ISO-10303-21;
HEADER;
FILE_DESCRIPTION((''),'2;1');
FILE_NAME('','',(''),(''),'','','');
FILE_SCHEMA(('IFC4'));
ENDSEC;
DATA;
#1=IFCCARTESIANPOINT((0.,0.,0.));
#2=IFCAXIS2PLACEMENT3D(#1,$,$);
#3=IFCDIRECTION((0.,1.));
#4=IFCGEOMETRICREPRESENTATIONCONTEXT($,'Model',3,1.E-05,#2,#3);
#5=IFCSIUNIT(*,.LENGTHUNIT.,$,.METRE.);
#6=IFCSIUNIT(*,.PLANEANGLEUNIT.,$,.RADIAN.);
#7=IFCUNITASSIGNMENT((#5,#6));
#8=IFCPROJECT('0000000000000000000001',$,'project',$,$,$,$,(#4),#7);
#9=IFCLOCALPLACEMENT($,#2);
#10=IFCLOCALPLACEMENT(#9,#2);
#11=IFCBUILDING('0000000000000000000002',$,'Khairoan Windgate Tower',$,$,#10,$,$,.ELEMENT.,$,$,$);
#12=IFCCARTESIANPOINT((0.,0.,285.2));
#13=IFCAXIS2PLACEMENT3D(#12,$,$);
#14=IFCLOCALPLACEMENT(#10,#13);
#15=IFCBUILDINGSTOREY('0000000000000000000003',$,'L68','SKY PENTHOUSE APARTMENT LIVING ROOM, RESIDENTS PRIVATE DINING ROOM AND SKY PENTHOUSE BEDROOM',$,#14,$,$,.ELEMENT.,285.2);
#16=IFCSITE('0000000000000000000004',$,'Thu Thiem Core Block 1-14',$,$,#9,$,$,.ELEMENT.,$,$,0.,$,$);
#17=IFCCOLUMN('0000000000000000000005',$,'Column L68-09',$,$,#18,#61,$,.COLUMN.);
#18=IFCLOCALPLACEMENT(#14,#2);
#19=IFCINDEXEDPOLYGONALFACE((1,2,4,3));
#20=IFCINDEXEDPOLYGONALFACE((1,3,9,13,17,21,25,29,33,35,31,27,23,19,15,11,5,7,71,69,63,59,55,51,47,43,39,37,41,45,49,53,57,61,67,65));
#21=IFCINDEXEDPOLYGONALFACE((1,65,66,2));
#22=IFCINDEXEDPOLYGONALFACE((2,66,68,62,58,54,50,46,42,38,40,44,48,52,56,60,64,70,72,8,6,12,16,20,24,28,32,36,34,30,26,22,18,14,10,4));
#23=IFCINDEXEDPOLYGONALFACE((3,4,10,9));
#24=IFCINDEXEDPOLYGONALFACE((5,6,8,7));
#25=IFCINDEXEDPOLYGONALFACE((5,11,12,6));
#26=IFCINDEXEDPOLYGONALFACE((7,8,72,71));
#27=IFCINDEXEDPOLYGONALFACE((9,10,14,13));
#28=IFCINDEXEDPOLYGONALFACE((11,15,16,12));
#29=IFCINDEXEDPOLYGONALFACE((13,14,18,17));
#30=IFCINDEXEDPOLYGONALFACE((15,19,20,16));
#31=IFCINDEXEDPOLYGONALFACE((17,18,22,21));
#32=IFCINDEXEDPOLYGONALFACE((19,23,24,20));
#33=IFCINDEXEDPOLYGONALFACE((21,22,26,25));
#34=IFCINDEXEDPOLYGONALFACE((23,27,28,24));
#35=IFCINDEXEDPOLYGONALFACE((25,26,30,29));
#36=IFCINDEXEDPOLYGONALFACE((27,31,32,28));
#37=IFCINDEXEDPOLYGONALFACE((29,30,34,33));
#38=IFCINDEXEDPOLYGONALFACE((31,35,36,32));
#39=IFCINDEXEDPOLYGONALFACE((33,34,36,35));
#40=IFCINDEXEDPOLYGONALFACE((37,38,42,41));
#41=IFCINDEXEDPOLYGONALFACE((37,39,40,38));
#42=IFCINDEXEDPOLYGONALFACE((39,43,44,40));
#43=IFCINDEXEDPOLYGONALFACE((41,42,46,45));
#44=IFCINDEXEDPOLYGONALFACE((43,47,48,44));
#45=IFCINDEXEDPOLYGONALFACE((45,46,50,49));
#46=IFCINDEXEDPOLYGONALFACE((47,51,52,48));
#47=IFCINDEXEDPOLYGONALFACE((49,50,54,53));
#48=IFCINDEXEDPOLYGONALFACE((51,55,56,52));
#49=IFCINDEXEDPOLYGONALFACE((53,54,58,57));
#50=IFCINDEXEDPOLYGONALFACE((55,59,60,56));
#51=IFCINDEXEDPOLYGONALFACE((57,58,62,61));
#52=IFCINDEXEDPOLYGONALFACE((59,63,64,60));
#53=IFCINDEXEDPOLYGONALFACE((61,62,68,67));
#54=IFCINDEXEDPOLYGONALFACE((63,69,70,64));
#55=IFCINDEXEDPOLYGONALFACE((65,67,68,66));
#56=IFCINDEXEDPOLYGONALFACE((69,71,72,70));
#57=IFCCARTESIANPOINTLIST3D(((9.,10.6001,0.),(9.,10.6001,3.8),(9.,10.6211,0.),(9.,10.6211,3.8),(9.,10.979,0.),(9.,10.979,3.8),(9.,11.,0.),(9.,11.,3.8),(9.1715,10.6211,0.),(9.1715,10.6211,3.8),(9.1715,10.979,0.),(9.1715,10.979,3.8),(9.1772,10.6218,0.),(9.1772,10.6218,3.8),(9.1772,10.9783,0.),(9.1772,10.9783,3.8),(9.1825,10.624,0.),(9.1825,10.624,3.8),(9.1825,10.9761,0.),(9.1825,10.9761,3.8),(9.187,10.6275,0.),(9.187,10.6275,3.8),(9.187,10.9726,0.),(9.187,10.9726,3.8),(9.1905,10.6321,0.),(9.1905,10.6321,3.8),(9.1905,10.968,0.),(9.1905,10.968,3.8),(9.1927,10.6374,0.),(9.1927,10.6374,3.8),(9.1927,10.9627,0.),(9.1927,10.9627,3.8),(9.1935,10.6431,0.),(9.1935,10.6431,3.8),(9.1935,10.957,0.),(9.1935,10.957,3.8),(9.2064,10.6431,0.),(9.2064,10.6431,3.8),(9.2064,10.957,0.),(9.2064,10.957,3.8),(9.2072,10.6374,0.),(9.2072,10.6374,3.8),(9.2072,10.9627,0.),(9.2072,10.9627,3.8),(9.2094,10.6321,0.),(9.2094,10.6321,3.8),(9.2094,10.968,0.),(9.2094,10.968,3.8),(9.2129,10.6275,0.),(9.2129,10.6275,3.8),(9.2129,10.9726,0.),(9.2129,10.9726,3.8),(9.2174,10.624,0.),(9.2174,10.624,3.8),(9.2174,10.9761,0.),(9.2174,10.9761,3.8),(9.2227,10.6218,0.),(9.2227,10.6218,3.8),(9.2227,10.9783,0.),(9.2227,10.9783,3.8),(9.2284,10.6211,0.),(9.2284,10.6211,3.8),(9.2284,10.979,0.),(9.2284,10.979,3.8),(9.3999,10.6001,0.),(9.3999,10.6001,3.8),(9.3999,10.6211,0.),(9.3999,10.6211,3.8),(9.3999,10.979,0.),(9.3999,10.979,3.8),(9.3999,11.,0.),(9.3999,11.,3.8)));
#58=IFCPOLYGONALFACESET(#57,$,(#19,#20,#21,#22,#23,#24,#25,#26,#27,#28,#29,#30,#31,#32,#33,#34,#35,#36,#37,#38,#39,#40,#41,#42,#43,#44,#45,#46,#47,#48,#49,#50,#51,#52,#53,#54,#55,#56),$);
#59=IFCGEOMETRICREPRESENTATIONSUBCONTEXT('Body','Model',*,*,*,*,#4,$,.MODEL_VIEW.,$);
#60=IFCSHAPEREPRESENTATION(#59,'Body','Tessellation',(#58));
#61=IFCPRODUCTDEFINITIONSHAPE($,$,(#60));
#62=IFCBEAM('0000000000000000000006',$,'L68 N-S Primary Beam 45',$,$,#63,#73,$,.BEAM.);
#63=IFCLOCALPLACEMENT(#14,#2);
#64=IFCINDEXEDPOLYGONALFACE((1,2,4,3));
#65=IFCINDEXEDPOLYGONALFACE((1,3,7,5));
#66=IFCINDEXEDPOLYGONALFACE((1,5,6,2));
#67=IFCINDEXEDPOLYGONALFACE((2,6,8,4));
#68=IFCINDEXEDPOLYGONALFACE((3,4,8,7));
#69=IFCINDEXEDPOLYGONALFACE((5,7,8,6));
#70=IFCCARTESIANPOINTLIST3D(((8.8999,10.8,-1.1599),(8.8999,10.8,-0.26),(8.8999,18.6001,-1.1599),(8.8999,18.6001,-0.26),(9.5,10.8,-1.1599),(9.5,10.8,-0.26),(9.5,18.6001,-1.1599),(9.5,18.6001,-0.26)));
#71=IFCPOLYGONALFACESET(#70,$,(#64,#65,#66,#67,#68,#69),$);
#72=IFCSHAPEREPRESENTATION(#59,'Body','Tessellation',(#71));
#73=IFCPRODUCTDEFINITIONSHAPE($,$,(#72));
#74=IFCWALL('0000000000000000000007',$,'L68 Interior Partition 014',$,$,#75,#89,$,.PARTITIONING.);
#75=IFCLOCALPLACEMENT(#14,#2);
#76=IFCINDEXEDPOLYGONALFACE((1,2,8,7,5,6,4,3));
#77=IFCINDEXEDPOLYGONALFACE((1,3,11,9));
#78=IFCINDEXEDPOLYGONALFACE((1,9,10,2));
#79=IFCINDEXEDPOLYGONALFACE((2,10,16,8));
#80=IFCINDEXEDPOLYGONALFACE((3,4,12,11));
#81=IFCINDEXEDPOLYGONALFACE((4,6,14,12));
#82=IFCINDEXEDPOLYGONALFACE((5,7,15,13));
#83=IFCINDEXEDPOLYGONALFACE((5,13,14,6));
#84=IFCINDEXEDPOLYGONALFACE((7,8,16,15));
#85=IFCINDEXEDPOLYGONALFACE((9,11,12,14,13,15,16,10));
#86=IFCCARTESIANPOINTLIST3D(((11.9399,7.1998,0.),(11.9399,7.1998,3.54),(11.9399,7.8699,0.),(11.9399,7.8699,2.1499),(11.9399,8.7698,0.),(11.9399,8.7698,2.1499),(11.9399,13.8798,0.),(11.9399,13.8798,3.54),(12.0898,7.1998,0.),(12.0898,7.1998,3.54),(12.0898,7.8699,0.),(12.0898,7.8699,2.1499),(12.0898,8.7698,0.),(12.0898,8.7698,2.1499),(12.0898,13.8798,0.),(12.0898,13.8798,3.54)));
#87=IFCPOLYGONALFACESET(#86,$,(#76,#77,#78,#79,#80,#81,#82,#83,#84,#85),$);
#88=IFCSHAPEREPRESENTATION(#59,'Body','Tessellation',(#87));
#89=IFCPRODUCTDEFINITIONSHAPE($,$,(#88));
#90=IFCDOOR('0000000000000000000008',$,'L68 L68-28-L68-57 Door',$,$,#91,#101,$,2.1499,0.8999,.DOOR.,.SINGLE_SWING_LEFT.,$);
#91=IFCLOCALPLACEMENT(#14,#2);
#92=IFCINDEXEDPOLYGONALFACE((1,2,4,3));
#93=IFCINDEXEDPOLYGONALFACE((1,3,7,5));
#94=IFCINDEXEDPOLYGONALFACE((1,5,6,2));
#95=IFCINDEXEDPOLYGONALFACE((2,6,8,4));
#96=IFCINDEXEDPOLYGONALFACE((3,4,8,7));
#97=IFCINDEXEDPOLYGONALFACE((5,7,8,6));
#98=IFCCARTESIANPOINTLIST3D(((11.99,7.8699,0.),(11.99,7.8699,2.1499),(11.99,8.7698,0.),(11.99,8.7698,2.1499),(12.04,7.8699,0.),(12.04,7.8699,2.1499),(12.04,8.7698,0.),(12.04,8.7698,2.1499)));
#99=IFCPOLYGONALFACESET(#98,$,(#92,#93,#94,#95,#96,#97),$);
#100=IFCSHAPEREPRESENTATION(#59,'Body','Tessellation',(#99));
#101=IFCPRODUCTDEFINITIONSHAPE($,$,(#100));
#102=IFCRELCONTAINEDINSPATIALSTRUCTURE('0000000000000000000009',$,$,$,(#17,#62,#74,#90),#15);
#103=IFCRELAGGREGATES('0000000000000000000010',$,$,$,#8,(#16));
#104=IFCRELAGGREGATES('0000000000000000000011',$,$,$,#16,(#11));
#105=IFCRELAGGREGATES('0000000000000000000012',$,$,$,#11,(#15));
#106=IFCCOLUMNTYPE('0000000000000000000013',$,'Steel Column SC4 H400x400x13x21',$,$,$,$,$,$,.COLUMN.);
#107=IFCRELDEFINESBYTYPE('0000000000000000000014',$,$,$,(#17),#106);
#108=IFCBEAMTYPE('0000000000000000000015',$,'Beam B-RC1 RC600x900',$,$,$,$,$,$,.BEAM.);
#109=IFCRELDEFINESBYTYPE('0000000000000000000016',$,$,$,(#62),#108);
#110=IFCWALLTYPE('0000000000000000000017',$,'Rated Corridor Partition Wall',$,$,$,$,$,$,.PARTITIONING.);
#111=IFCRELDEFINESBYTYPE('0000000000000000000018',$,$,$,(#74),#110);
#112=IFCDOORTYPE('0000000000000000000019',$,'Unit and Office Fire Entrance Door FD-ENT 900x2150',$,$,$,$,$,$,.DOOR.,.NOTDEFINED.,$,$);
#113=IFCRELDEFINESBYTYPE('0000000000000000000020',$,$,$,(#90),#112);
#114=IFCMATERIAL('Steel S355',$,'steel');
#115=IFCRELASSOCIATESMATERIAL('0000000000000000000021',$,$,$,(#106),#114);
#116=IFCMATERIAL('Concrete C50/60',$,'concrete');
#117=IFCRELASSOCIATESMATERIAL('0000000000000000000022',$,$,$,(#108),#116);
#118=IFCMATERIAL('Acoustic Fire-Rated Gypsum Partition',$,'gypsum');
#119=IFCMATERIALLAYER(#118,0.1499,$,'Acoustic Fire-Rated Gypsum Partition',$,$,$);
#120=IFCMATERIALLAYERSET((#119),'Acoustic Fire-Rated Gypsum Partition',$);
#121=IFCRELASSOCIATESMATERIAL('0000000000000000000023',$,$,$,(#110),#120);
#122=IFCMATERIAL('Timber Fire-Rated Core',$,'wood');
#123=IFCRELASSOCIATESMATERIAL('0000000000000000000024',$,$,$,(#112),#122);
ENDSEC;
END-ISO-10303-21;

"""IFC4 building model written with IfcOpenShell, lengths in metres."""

from ifc_helpers import new_model, si_unit, direction, frame, frame_2d, origin, origin_2d, place, context, subcontext, project, spatial, rectangle, i_section, extrude, material, layer, layer_set, material_profile, profile_set, type_object, element, fill, save


model = new_model("IFC4")

# Units and contexts
model_context = context("Model", 3, precision=1e-05, world=origin(), true_north=direction((0.0, 1.0)))
body_context = subcontext(model_context, "Body", "Model", "MODEL_VIEW")
ifc_project = project(units=[si_unit("LENGTHUNIT", "METRE"), si_unit("PLANEANGLEUNIT", "RADIAN")], contexts=[model_context])

# Site, building, storey
site_placement = place(None, origin())
site = spatial("IfcSite", under=ifc_project, at=site_placement, Name="Thu Thiem Core Block 1-14", CompositionType="ELEMENT", RefElevation=0.0)
building_placement = place(site_placement, origin())
building = spatial("IfcBuilding", under=site, at=building_placement, Name="Khairoan Windgate Tower", CompositionType="ELEMENT")
storey_placement = place(building_placement, frame((0.0, 0.0, 285.2)))
storey = spatial("IfcBuildingStorey", under=building, at=storey_placement, Name="L68", Description="SKY PENTHOUSE APARTMENT LIVING ROOM, RESIDENTS PRIVATE DINING ROOM AND SKY PENTHOUSE BEDROOM", CompositionType="ELEMENT", Elevation=285.2)

# Column
ifc_material_1 = material(Name="Steel S355", Category="steel")
ifc_material_profile_1 = material_profile(ifc_material_1, i_section(OverallWidth=0.3999, OverallDepth=0.3999, WebThickness=0.0129, FlangeThickness=0.021, FilletRadius=0.022, at=origin_2d()))
ifc_profile_set_1 = profile_set([ifc_material_profile_1], Name="Steel S355")
column_type = type_object("IfcColumnType", Name="Steel Column SC4 H400x400x13x21", PredefinedType="COLUMN", material=ifc_profile_set_1)
column_placement = place(storey_placement, frame((9.2, 10.8, 0.0), z_axis=(0.0, 0.0, 1.0), x_axis=(1.0, 0.0, 0.0)))
element("IfcColumn", 1, at=column_placement, inside=storey, type_object=column_type, Name="Column L68-09", PredefinedType="COLUMN", context=body_context, shape_type="SweptSolid", body=[
    extrude(i_section(OverallWidth=0.3999, OverallDepth=0.3999, WebThickness=0.0129, FlangeThickness=0.021, FilletRadius=0.022, at=origin_2d()), origin(), (0.0, 0.0, 1.0), 3.8),
])

# Beam
ifc_material_2 = material(Name="Concrete C50/60", Category="concrete")
ifc_material_profile_2 = material_profile(ifc_material_2, rectangle(XDim=0.6001, YDim=0.8999, at=origin_2d()))
ifc_profile_set_2 = profile_set([ifc_material_profile_2], Name="Concrete C50/60")
beam_type = type_object("IfcBeamType", Name="Beam B-RC1 RC600x900", PredefinedType="BEAM", material=ifc_profile_set_2)
beam_placement = place(storey_placement, frame((9.2, 10.8, -0.71), z_axis=(0.0, 1.0, 0.0), x_axis=(-1.0, 0.0, 0.0)))
element("IfcBeam", 2, at=beam_placement, inside=storey, type_object=beam_type, Name="L68 N-S Primary Beam 45", PredefinedType="BEAM", context=body_context, shape_type="SweptSolid", body=[
    extrude(rectangle(XDim=0.6001, YDim=0.8999, at=origin_2d()), origin(), (0.0, 0.0, 1.0), 7.8),
])

# Wall, opening, door
ifc_material_3 = material(Name="Acoustic Fire-Rated Gypsum Partition", Category="gypsum")
ifc_layer_1 = layer(ifc_material_3, 0.1499, Name="Acoustic Fire-Rated Gypsum Partition")
ifc_layer_set_1 = layer_set([ifc_layer_1], Name="Acoustic Fire-Rated Gypsum Partition")
wall_type = type_object("IfcWallType", Name="Rated Corridor Partition Wall", PredefinedType="PARTITIONING", material=ifc_layer_set_1)
wall_placement = place(storey_placement, frame((12.0149, 7.2, 0.0), z_axis=(0.0, 0.0, 1.0), x_axis=(0.0, 1.0, 0.0)))
wall = element("IfcWall", 3, at=wall_placement, inside=storey, type_object=wall_type, Name="L68 Interior Partition 014", PredefinedType="PARTITIONING", context=body_context, shape_type="SweptSolid", body=[
    extrude(rectangle(XDim=6.6799, YDim=0.1499, at=frame_2d((3.3398, 0.0))), origin(), (0.0, 0.0, 1.0), 3.54),
])
opening_placement = place(wall_placement, frame((0.6699, 0.0, 0.0)))
opening = element("IfcOpeningElement", 4, at=opening_placement, cuts=wall, PredefinedType="OPENING", context=body_context, shape_type="SweptSolid", body=[
    extrude(rectangle(XDim=0.8999, YDim=2.1499, at=frame_2d((0.45, 1.075))), frame((0.0, 0.085, 0.0), z_axis=(0.0, -1.0, 0.0), x_axis=(1.0, 0.0, 0.0)), (0.0, 0.0, 1.0), 0.1699),
])
ifc_material_4 = material(Name="Timber Fire-Rated Core", Category="wood")
door_type = type_object("IfcDoorType", Name="Unit and Office Fire Entrance Door FD-ENT 900x2150", OperationType="NOTDEFINED", PredefinedType="DOOR", material=ifc_material_4)
door_placement = place(opening_placement, origin())
door = element("IfcDoor", 5, at=door_placement, inside=storey, type_object=door_type, Name="L68 L68-28-L68-57 Door", OperationType="SINGLE_SWING_LEFT", OverallHeight=2.1499, OverallWidth=0.8999, PredefinedType="DOOR", context=body_context, shape_type="SweptSolid", body=[
    extrude(rectangle(XDim=0.8999, YDim=2.1499, at=frame_2d((0.45, 1.075))), frame((0.0, 0.0249, 0.0), z_axis=(0.0, -1.0, 0.0), x_axis=(1.0, 0.0, 0.0)), (0.0, 0.0, 1.0), 0.05),
])
fill(opening, door)

save(model, "model.ifc")
